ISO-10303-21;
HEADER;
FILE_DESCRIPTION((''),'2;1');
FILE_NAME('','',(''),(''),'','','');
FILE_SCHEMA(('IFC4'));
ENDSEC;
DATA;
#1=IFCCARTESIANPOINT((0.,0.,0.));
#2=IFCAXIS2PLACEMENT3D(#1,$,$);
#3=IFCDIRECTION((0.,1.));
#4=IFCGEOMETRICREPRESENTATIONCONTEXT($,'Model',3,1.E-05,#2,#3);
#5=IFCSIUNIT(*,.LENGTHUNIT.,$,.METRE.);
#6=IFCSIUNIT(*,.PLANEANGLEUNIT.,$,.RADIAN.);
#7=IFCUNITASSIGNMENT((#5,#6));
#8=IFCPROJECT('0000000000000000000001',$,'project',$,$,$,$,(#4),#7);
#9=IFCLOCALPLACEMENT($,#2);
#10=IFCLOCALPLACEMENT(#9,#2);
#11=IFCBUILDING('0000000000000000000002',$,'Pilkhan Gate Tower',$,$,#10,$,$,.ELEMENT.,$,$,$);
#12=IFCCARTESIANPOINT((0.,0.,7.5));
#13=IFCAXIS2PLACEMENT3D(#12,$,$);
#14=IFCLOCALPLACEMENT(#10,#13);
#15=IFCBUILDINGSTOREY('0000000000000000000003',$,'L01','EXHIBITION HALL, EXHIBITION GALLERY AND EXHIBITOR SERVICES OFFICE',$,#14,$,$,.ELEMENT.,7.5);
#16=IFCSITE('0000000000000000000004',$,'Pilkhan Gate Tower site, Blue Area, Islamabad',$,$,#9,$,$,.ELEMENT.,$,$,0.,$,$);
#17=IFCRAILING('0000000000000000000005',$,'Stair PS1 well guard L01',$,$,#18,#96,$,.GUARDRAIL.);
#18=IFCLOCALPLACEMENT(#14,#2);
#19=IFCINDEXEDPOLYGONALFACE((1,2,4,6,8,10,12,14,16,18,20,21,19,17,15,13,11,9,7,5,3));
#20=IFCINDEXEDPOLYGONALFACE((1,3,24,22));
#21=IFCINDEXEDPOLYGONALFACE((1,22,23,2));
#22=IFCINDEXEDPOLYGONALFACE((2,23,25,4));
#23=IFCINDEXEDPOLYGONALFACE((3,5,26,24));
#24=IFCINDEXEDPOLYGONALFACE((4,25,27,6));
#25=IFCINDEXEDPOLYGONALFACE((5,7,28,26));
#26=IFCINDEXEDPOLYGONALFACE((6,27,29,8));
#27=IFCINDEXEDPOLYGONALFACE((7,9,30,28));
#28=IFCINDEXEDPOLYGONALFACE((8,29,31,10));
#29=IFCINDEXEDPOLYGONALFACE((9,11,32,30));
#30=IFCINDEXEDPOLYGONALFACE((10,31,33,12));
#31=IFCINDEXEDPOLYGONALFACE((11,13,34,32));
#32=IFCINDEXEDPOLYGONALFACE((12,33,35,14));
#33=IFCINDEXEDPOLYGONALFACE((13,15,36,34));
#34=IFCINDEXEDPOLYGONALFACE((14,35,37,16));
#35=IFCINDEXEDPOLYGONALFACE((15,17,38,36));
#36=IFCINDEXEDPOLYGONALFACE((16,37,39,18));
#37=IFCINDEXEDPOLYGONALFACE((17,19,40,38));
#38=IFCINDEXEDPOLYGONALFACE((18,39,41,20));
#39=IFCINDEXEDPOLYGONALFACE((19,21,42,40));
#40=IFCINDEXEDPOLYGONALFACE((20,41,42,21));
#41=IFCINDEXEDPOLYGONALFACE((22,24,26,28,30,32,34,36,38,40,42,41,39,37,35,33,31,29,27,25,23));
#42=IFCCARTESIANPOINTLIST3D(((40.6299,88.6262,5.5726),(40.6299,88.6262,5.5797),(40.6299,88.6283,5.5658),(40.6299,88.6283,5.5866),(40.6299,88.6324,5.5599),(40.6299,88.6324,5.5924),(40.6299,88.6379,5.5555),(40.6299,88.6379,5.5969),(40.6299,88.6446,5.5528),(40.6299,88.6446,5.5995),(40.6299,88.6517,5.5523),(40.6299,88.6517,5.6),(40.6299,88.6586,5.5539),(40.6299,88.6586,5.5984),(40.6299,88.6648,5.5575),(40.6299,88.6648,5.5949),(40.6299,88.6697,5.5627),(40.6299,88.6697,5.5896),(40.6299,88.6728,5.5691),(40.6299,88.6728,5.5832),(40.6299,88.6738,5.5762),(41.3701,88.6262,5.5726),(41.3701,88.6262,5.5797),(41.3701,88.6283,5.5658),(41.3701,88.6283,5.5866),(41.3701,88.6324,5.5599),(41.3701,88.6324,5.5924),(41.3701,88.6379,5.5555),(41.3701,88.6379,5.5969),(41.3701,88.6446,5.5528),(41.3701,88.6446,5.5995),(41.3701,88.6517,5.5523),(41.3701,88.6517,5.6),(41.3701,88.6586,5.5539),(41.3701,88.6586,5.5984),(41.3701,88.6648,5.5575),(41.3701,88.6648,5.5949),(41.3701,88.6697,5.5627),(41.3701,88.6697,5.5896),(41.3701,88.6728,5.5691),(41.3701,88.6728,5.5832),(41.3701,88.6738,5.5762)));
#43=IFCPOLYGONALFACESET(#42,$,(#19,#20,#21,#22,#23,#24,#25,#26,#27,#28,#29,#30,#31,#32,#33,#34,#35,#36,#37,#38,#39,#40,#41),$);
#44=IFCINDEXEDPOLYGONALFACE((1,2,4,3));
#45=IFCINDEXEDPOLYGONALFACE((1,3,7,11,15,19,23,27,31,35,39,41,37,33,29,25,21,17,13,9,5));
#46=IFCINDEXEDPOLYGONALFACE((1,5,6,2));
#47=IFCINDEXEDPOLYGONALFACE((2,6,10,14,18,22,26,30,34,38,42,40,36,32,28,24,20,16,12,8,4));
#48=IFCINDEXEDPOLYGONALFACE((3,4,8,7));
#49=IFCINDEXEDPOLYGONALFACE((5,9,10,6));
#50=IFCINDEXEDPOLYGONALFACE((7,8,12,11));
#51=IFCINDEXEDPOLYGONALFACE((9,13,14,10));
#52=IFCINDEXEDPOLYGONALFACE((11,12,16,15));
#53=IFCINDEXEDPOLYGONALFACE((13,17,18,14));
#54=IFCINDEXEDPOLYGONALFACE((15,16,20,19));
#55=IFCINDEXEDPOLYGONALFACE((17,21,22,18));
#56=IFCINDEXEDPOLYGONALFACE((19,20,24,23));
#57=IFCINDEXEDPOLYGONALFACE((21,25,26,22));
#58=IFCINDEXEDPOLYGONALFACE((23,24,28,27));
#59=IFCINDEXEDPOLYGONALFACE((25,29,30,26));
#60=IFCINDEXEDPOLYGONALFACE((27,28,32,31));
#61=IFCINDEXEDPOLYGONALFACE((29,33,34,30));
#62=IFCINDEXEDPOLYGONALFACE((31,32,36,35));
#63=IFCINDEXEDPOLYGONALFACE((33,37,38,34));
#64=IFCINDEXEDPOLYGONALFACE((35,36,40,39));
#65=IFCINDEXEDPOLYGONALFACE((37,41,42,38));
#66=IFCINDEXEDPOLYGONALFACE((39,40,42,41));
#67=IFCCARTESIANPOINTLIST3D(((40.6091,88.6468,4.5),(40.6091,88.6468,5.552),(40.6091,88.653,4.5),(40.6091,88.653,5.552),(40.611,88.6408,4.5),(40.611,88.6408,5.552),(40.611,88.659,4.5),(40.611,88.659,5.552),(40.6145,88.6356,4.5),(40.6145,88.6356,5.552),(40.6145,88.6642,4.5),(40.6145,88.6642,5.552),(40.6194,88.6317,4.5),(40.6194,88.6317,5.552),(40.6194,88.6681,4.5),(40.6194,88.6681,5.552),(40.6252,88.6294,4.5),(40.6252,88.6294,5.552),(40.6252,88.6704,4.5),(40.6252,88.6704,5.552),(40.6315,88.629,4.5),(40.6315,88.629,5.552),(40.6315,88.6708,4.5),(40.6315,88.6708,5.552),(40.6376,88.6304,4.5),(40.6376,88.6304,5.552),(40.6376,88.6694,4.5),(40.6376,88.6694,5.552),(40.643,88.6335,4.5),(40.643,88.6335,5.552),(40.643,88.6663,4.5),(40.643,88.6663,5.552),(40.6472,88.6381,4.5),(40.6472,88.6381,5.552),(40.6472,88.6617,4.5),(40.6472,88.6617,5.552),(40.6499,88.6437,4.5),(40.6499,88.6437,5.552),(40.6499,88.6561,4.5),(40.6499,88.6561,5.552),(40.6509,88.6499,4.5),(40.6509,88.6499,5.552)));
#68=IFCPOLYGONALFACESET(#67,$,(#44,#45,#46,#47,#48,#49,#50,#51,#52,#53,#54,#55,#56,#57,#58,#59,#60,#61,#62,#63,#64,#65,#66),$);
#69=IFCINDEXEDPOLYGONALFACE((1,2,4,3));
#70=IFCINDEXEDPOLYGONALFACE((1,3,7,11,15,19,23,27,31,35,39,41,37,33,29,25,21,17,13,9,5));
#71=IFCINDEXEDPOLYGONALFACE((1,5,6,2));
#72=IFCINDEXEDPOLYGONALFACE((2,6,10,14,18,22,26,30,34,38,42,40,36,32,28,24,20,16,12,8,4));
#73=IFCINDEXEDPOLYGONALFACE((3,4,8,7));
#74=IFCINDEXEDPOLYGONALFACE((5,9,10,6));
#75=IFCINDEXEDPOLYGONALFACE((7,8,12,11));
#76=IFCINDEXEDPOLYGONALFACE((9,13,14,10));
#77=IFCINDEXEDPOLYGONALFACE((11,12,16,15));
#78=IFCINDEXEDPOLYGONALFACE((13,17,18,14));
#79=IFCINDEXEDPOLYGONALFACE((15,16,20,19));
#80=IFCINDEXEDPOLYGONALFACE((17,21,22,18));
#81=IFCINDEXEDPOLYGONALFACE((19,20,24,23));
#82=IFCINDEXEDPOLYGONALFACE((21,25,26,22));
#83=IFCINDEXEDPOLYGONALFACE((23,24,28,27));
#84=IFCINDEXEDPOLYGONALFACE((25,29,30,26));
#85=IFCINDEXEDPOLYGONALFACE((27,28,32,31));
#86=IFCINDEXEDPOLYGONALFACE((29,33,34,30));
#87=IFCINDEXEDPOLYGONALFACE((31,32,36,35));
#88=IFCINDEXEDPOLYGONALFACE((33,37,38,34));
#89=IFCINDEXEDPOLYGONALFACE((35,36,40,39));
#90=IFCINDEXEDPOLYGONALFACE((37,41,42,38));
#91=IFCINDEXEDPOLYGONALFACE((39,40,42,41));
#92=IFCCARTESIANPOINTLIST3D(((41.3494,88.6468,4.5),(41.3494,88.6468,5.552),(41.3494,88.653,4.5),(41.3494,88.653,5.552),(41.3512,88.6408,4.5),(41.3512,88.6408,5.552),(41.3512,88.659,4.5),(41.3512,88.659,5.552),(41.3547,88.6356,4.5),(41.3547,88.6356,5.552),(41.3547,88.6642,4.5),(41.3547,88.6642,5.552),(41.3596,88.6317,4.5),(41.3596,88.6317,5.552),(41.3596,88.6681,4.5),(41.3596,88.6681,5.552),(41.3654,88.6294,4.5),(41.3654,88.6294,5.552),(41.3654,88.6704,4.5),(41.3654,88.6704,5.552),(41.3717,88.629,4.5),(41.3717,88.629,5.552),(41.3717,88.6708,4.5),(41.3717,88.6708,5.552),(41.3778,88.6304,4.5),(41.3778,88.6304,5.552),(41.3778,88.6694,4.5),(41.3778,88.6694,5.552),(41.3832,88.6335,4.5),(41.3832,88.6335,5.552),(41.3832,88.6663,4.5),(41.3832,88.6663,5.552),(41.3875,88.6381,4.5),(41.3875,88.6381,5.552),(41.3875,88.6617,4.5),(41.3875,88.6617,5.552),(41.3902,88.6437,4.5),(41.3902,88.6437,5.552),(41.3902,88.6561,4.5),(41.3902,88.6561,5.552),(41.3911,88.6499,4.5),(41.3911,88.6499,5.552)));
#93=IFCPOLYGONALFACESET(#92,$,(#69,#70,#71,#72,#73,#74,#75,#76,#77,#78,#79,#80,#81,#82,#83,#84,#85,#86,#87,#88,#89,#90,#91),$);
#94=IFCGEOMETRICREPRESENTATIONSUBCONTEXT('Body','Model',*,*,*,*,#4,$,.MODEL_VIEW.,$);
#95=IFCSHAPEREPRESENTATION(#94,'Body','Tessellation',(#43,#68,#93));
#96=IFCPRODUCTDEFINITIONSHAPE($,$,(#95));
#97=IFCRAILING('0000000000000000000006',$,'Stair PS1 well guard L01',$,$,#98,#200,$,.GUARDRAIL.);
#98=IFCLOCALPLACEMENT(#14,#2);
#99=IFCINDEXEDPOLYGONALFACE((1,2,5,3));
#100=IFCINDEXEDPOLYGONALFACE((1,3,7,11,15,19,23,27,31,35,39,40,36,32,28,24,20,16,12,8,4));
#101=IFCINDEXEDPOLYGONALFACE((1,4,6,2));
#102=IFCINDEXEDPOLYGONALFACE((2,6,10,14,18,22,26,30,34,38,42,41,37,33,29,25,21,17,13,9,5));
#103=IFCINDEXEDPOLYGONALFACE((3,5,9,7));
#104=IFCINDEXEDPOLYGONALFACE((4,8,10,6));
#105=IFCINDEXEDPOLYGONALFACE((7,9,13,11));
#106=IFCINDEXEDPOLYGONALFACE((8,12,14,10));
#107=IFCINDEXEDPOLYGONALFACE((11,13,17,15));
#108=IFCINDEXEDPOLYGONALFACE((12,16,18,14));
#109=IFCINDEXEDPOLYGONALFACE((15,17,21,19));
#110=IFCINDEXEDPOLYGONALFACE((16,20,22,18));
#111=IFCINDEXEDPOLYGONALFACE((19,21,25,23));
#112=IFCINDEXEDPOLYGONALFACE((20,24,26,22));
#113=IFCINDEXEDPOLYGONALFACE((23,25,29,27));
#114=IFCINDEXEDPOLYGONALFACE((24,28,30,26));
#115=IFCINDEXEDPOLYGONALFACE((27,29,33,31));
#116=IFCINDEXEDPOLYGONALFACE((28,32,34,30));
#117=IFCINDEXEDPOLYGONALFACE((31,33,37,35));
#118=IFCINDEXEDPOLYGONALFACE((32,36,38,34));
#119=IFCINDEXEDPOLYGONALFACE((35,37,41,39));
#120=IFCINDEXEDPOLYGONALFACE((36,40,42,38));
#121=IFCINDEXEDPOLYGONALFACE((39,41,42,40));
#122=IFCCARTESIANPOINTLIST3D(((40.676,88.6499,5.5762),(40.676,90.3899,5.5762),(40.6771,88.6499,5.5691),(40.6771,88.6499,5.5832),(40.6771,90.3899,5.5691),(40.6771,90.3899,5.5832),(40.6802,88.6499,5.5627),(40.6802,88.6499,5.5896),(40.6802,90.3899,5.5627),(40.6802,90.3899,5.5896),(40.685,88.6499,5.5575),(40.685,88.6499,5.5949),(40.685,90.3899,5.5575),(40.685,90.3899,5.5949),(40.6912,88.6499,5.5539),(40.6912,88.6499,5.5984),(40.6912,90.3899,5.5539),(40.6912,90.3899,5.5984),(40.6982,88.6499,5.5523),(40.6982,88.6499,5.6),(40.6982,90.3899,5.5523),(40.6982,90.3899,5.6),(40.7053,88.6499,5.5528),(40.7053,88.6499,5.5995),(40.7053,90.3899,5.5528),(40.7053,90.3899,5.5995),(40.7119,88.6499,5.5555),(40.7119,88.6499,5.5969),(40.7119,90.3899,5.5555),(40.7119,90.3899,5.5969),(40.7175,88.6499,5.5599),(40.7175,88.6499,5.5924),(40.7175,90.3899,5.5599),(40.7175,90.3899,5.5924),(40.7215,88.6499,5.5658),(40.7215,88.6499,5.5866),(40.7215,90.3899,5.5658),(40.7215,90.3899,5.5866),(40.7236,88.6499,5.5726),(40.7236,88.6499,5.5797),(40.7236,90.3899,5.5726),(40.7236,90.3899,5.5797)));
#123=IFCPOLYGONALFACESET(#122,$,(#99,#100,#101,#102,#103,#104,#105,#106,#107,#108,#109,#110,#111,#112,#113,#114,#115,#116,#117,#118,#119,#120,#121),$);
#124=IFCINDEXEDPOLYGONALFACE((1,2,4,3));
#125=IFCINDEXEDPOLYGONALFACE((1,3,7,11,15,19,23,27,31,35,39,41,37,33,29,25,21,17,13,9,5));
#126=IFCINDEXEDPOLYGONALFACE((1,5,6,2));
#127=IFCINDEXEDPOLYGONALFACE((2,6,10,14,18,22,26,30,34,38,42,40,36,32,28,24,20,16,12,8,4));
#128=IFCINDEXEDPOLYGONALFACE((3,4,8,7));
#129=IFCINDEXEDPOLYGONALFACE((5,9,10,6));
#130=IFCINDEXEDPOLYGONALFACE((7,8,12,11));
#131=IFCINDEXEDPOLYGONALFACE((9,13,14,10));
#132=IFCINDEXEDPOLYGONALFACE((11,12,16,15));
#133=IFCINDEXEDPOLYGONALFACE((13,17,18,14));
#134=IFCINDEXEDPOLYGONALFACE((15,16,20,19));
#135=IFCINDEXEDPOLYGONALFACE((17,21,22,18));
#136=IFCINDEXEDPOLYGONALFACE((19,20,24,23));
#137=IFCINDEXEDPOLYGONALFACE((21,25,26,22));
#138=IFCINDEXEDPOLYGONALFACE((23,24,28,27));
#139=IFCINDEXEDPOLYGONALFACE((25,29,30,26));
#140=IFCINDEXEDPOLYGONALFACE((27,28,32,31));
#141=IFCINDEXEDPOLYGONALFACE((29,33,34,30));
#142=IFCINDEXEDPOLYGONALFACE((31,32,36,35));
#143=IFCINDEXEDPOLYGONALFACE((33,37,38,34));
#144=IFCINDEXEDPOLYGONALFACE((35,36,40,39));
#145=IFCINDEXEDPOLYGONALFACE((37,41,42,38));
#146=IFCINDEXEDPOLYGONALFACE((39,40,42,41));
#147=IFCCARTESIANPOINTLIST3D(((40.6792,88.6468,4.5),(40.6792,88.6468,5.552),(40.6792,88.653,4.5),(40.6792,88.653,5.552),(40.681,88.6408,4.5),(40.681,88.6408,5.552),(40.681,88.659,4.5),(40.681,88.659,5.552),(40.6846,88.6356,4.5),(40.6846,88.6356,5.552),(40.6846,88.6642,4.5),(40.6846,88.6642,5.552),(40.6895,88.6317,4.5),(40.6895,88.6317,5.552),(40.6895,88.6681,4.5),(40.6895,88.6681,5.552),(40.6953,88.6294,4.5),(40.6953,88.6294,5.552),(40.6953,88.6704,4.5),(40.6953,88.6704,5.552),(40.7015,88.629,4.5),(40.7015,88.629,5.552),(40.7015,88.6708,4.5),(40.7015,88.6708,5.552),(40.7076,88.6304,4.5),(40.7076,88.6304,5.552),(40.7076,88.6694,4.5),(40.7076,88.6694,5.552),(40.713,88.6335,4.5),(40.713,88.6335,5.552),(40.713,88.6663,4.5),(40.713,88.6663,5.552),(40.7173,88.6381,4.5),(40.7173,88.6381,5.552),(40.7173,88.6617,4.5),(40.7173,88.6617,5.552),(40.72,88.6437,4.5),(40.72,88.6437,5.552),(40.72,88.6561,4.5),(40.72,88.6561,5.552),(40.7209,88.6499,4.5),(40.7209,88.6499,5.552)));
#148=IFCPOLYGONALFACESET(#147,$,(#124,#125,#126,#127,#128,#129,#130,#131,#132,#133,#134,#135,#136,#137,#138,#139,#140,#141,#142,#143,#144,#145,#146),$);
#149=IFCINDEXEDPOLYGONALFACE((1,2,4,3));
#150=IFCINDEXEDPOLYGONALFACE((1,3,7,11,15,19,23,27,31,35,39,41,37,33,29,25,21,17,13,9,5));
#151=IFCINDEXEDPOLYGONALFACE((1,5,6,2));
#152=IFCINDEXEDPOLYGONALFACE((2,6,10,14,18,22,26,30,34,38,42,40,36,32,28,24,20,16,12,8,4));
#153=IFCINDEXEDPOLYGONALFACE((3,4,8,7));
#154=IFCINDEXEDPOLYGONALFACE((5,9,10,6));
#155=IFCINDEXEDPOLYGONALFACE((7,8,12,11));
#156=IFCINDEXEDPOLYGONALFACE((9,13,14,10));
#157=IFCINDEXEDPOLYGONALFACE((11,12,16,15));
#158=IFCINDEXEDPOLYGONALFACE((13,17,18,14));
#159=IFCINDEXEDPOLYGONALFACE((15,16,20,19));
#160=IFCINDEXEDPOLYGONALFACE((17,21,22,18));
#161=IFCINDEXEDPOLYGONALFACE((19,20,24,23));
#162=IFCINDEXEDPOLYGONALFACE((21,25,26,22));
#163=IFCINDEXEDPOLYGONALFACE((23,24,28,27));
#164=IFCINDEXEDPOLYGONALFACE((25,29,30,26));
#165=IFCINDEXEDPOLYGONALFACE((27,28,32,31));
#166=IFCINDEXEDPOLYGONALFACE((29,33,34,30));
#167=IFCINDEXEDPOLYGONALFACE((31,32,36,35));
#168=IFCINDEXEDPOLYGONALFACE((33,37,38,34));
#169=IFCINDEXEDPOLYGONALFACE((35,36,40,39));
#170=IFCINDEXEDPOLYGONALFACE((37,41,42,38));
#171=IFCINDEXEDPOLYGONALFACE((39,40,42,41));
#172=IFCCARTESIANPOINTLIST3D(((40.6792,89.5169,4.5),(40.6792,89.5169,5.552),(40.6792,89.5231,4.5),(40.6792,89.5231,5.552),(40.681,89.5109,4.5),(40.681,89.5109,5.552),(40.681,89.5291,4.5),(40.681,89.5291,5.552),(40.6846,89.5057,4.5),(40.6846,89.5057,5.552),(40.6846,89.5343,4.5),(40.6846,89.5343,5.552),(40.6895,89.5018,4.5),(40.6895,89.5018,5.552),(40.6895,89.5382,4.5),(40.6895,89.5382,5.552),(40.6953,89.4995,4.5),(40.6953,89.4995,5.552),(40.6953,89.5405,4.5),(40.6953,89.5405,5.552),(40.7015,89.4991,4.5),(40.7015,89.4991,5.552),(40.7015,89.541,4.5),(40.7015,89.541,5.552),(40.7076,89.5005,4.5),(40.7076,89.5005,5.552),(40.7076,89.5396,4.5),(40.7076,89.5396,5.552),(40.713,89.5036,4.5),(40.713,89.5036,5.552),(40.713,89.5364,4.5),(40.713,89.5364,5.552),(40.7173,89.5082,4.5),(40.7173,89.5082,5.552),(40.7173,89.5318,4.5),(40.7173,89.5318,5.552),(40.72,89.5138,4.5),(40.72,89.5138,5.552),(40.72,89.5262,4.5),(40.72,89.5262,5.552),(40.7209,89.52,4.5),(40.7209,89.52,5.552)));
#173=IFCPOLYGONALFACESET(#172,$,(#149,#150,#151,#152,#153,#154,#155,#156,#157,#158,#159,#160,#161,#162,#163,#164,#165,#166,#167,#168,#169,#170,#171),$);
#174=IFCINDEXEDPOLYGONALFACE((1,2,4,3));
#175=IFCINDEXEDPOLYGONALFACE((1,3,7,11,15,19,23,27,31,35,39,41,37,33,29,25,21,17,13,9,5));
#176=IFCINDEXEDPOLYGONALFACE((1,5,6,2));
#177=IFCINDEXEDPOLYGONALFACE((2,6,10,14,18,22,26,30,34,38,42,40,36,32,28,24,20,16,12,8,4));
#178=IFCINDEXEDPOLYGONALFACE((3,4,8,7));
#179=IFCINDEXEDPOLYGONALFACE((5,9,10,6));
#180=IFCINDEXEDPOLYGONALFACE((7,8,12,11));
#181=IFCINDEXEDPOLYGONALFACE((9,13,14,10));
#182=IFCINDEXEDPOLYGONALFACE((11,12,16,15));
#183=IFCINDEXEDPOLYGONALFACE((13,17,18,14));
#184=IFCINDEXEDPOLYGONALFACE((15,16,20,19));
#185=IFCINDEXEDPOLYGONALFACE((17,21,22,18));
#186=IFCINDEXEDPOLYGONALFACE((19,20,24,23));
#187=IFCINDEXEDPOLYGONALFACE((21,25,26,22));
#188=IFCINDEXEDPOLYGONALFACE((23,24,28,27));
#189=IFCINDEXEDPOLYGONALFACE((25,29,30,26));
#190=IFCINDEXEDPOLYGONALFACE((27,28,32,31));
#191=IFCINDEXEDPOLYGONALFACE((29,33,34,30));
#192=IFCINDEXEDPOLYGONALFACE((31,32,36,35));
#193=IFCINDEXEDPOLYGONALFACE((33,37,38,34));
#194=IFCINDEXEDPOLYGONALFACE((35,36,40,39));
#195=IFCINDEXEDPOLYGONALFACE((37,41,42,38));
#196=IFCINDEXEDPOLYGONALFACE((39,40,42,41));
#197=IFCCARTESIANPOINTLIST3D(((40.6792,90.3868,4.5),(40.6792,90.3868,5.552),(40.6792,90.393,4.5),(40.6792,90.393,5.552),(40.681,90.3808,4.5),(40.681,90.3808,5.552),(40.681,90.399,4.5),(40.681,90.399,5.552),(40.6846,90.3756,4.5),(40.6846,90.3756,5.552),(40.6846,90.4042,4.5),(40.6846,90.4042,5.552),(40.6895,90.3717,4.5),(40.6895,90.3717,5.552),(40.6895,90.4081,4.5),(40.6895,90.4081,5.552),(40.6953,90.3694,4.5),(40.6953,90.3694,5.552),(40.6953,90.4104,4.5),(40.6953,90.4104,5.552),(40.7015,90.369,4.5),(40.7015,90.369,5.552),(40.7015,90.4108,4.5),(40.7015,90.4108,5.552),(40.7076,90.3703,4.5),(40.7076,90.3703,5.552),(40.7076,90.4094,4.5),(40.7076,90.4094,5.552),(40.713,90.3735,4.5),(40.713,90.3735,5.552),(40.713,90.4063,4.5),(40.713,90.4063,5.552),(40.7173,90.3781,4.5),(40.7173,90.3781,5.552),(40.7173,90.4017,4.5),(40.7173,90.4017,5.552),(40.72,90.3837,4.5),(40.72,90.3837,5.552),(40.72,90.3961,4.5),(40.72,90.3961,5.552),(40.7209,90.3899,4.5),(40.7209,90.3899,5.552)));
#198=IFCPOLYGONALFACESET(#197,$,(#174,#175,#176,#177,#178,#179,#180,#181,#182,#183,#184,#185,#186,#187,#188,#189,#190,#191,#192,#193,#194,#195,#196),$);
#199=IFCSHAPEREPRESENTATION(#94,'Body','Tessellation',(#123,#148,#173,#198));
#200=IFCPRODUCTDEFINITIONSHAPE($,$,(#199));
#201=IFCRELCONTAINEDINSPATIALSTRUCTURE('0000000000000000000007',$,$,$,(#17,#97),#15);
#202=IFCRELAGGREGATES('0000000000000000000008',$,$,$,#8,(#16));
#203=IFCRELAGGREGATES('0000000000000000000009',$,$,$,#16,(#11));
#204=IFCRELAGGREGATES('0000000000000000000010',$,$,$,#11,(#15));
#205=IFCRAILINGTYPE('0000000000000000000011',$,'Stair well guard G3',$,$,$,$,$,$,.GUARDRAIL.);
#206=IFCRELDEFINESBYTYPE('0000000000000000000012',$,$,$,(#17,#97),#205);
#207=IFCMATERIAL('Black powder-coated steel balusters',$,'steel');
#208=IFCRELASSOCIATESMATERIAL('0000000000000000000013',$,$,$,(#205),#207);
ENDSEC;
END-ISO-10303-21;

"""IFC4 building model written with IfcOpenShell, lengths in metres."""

from ifc_helpers import new_model, si_unit, direction, frame, origin, origin_2d, place, context, subcontext, project, spatial, circle, extrude, material, type_object, element, save


model = new_model("IFC4")

# Units and contexts
model_context = context("Model", 3, precision=1e-05, world=origin(), true_north=direction((0.0, 1.0)))
body_context = subcontext(model_context, "Body", "Model", "MODEL_VIEW")
ifc_project = project(units=[si_unit("LENGTHUNIT", "METRE"), si_unit("PLANEANGLEUNIT", "RADIAN")], contexts=[model_context])

# Site, building, storey
site_placement = place(None, origin())
site = spatial("IfcSite", under=ifc_project, at=site_placement, Name="Pilkhan Gate Tower site, Blue Area, Islamabad", CompositionType="ELEMENT", RefElevation=0.0)
building_placement = place(site_placement, origin())
building = spatial("IfcBuilding", under=site, at=building_placement, Name="Pilkhan Gate Tower", CompositionType="ELEMENT")
storey_placement = place(building_placement, frame((0.0, 0.0, 7.5)))
storey = spatial("IfcBuildingStorey", under=building, at=storey_placement, Name="L01", Description="EXHIBITION HALL, EXHIBITION GALLERY AND EXHIBITOR SERVICES OFFICE", CompositionType="ELEMENT", Elevation=7.5)

# Railings
ifc_material_1 = material(Name="Black powder-coated steel balusters", Category="steel")
railing_type_1 = type_object("IfcRailingType", Name="Stair well guard G3", PredefinedType="GUARDRAIL", material=ifc_material_1)
railing_1_placement = place(storey_placement, frame((40.6299, 88.6499, 4.5)))
element("IfcRailing", 1, at=railing_1_placement, inside=storey, type_object=railing_type_1, Name="Stair PS1 well guard L01", PredefinedType="GUARDRAIL", context=body_context, shape_type="SweptSolid", body=[
    extrude(circle(Radius=0.0239, at=origin_2d()), frame((0.0, 0.0, 1.0762), z_axis=(1.0, 0.0, 0.0), x_axis=(0.0, 1.0, 0.0)), (0.0, 0.0, 1.0), 0.7402),
    extrude(circle(Radius=0.021, at=origin_2d()), origin(), (0.0, 0.0, 1.0), 1.052),
    extrude(circle(Radius=0.021, at=origin_2d()), frame((0.7402, 0.0, 0.0)), (0.0, 0.0, 1.0), 1.052),
])
railing_2_placement = place(storey_placement, frame((40.7, 88.6499, 4.5)))
element("IfcRailing", 2, at=railing_2_placement, inside=storey, type_object=railing_type_1, Name="Stair PS1 well guard L01", PredefinedType="GUARDRAIL", context=body_context, shape_type="SweptSolid", body=[
    extrude(circle(Radius=0.0239, at=origin_2d()), frame((0.0, 0.0, 1.0762), z_axis=(0.0, 1.0, 0.0), x_axis=(-1.0, 0.0, 0.0)), (0.0, 0.0, 1.0), 1.74),
    extrude(circle(Radius=0.021, at=origin_2d()), origin(), (0.0, 0.0, 1.0), 1.052),
    extrude(circle(Radius=0.021, at=origin_2d()), frame((0.0, 0.8701, 0.0)), (0.0, 0.0, 1.0), 1.052),
    extrude(circle(Radius=0.021, at=origin_2d()), frame((0.0, 1.74, 0.0)), (0.0, 0.0, 1.0), 1.052),
])

save(model, "model.ifc")
